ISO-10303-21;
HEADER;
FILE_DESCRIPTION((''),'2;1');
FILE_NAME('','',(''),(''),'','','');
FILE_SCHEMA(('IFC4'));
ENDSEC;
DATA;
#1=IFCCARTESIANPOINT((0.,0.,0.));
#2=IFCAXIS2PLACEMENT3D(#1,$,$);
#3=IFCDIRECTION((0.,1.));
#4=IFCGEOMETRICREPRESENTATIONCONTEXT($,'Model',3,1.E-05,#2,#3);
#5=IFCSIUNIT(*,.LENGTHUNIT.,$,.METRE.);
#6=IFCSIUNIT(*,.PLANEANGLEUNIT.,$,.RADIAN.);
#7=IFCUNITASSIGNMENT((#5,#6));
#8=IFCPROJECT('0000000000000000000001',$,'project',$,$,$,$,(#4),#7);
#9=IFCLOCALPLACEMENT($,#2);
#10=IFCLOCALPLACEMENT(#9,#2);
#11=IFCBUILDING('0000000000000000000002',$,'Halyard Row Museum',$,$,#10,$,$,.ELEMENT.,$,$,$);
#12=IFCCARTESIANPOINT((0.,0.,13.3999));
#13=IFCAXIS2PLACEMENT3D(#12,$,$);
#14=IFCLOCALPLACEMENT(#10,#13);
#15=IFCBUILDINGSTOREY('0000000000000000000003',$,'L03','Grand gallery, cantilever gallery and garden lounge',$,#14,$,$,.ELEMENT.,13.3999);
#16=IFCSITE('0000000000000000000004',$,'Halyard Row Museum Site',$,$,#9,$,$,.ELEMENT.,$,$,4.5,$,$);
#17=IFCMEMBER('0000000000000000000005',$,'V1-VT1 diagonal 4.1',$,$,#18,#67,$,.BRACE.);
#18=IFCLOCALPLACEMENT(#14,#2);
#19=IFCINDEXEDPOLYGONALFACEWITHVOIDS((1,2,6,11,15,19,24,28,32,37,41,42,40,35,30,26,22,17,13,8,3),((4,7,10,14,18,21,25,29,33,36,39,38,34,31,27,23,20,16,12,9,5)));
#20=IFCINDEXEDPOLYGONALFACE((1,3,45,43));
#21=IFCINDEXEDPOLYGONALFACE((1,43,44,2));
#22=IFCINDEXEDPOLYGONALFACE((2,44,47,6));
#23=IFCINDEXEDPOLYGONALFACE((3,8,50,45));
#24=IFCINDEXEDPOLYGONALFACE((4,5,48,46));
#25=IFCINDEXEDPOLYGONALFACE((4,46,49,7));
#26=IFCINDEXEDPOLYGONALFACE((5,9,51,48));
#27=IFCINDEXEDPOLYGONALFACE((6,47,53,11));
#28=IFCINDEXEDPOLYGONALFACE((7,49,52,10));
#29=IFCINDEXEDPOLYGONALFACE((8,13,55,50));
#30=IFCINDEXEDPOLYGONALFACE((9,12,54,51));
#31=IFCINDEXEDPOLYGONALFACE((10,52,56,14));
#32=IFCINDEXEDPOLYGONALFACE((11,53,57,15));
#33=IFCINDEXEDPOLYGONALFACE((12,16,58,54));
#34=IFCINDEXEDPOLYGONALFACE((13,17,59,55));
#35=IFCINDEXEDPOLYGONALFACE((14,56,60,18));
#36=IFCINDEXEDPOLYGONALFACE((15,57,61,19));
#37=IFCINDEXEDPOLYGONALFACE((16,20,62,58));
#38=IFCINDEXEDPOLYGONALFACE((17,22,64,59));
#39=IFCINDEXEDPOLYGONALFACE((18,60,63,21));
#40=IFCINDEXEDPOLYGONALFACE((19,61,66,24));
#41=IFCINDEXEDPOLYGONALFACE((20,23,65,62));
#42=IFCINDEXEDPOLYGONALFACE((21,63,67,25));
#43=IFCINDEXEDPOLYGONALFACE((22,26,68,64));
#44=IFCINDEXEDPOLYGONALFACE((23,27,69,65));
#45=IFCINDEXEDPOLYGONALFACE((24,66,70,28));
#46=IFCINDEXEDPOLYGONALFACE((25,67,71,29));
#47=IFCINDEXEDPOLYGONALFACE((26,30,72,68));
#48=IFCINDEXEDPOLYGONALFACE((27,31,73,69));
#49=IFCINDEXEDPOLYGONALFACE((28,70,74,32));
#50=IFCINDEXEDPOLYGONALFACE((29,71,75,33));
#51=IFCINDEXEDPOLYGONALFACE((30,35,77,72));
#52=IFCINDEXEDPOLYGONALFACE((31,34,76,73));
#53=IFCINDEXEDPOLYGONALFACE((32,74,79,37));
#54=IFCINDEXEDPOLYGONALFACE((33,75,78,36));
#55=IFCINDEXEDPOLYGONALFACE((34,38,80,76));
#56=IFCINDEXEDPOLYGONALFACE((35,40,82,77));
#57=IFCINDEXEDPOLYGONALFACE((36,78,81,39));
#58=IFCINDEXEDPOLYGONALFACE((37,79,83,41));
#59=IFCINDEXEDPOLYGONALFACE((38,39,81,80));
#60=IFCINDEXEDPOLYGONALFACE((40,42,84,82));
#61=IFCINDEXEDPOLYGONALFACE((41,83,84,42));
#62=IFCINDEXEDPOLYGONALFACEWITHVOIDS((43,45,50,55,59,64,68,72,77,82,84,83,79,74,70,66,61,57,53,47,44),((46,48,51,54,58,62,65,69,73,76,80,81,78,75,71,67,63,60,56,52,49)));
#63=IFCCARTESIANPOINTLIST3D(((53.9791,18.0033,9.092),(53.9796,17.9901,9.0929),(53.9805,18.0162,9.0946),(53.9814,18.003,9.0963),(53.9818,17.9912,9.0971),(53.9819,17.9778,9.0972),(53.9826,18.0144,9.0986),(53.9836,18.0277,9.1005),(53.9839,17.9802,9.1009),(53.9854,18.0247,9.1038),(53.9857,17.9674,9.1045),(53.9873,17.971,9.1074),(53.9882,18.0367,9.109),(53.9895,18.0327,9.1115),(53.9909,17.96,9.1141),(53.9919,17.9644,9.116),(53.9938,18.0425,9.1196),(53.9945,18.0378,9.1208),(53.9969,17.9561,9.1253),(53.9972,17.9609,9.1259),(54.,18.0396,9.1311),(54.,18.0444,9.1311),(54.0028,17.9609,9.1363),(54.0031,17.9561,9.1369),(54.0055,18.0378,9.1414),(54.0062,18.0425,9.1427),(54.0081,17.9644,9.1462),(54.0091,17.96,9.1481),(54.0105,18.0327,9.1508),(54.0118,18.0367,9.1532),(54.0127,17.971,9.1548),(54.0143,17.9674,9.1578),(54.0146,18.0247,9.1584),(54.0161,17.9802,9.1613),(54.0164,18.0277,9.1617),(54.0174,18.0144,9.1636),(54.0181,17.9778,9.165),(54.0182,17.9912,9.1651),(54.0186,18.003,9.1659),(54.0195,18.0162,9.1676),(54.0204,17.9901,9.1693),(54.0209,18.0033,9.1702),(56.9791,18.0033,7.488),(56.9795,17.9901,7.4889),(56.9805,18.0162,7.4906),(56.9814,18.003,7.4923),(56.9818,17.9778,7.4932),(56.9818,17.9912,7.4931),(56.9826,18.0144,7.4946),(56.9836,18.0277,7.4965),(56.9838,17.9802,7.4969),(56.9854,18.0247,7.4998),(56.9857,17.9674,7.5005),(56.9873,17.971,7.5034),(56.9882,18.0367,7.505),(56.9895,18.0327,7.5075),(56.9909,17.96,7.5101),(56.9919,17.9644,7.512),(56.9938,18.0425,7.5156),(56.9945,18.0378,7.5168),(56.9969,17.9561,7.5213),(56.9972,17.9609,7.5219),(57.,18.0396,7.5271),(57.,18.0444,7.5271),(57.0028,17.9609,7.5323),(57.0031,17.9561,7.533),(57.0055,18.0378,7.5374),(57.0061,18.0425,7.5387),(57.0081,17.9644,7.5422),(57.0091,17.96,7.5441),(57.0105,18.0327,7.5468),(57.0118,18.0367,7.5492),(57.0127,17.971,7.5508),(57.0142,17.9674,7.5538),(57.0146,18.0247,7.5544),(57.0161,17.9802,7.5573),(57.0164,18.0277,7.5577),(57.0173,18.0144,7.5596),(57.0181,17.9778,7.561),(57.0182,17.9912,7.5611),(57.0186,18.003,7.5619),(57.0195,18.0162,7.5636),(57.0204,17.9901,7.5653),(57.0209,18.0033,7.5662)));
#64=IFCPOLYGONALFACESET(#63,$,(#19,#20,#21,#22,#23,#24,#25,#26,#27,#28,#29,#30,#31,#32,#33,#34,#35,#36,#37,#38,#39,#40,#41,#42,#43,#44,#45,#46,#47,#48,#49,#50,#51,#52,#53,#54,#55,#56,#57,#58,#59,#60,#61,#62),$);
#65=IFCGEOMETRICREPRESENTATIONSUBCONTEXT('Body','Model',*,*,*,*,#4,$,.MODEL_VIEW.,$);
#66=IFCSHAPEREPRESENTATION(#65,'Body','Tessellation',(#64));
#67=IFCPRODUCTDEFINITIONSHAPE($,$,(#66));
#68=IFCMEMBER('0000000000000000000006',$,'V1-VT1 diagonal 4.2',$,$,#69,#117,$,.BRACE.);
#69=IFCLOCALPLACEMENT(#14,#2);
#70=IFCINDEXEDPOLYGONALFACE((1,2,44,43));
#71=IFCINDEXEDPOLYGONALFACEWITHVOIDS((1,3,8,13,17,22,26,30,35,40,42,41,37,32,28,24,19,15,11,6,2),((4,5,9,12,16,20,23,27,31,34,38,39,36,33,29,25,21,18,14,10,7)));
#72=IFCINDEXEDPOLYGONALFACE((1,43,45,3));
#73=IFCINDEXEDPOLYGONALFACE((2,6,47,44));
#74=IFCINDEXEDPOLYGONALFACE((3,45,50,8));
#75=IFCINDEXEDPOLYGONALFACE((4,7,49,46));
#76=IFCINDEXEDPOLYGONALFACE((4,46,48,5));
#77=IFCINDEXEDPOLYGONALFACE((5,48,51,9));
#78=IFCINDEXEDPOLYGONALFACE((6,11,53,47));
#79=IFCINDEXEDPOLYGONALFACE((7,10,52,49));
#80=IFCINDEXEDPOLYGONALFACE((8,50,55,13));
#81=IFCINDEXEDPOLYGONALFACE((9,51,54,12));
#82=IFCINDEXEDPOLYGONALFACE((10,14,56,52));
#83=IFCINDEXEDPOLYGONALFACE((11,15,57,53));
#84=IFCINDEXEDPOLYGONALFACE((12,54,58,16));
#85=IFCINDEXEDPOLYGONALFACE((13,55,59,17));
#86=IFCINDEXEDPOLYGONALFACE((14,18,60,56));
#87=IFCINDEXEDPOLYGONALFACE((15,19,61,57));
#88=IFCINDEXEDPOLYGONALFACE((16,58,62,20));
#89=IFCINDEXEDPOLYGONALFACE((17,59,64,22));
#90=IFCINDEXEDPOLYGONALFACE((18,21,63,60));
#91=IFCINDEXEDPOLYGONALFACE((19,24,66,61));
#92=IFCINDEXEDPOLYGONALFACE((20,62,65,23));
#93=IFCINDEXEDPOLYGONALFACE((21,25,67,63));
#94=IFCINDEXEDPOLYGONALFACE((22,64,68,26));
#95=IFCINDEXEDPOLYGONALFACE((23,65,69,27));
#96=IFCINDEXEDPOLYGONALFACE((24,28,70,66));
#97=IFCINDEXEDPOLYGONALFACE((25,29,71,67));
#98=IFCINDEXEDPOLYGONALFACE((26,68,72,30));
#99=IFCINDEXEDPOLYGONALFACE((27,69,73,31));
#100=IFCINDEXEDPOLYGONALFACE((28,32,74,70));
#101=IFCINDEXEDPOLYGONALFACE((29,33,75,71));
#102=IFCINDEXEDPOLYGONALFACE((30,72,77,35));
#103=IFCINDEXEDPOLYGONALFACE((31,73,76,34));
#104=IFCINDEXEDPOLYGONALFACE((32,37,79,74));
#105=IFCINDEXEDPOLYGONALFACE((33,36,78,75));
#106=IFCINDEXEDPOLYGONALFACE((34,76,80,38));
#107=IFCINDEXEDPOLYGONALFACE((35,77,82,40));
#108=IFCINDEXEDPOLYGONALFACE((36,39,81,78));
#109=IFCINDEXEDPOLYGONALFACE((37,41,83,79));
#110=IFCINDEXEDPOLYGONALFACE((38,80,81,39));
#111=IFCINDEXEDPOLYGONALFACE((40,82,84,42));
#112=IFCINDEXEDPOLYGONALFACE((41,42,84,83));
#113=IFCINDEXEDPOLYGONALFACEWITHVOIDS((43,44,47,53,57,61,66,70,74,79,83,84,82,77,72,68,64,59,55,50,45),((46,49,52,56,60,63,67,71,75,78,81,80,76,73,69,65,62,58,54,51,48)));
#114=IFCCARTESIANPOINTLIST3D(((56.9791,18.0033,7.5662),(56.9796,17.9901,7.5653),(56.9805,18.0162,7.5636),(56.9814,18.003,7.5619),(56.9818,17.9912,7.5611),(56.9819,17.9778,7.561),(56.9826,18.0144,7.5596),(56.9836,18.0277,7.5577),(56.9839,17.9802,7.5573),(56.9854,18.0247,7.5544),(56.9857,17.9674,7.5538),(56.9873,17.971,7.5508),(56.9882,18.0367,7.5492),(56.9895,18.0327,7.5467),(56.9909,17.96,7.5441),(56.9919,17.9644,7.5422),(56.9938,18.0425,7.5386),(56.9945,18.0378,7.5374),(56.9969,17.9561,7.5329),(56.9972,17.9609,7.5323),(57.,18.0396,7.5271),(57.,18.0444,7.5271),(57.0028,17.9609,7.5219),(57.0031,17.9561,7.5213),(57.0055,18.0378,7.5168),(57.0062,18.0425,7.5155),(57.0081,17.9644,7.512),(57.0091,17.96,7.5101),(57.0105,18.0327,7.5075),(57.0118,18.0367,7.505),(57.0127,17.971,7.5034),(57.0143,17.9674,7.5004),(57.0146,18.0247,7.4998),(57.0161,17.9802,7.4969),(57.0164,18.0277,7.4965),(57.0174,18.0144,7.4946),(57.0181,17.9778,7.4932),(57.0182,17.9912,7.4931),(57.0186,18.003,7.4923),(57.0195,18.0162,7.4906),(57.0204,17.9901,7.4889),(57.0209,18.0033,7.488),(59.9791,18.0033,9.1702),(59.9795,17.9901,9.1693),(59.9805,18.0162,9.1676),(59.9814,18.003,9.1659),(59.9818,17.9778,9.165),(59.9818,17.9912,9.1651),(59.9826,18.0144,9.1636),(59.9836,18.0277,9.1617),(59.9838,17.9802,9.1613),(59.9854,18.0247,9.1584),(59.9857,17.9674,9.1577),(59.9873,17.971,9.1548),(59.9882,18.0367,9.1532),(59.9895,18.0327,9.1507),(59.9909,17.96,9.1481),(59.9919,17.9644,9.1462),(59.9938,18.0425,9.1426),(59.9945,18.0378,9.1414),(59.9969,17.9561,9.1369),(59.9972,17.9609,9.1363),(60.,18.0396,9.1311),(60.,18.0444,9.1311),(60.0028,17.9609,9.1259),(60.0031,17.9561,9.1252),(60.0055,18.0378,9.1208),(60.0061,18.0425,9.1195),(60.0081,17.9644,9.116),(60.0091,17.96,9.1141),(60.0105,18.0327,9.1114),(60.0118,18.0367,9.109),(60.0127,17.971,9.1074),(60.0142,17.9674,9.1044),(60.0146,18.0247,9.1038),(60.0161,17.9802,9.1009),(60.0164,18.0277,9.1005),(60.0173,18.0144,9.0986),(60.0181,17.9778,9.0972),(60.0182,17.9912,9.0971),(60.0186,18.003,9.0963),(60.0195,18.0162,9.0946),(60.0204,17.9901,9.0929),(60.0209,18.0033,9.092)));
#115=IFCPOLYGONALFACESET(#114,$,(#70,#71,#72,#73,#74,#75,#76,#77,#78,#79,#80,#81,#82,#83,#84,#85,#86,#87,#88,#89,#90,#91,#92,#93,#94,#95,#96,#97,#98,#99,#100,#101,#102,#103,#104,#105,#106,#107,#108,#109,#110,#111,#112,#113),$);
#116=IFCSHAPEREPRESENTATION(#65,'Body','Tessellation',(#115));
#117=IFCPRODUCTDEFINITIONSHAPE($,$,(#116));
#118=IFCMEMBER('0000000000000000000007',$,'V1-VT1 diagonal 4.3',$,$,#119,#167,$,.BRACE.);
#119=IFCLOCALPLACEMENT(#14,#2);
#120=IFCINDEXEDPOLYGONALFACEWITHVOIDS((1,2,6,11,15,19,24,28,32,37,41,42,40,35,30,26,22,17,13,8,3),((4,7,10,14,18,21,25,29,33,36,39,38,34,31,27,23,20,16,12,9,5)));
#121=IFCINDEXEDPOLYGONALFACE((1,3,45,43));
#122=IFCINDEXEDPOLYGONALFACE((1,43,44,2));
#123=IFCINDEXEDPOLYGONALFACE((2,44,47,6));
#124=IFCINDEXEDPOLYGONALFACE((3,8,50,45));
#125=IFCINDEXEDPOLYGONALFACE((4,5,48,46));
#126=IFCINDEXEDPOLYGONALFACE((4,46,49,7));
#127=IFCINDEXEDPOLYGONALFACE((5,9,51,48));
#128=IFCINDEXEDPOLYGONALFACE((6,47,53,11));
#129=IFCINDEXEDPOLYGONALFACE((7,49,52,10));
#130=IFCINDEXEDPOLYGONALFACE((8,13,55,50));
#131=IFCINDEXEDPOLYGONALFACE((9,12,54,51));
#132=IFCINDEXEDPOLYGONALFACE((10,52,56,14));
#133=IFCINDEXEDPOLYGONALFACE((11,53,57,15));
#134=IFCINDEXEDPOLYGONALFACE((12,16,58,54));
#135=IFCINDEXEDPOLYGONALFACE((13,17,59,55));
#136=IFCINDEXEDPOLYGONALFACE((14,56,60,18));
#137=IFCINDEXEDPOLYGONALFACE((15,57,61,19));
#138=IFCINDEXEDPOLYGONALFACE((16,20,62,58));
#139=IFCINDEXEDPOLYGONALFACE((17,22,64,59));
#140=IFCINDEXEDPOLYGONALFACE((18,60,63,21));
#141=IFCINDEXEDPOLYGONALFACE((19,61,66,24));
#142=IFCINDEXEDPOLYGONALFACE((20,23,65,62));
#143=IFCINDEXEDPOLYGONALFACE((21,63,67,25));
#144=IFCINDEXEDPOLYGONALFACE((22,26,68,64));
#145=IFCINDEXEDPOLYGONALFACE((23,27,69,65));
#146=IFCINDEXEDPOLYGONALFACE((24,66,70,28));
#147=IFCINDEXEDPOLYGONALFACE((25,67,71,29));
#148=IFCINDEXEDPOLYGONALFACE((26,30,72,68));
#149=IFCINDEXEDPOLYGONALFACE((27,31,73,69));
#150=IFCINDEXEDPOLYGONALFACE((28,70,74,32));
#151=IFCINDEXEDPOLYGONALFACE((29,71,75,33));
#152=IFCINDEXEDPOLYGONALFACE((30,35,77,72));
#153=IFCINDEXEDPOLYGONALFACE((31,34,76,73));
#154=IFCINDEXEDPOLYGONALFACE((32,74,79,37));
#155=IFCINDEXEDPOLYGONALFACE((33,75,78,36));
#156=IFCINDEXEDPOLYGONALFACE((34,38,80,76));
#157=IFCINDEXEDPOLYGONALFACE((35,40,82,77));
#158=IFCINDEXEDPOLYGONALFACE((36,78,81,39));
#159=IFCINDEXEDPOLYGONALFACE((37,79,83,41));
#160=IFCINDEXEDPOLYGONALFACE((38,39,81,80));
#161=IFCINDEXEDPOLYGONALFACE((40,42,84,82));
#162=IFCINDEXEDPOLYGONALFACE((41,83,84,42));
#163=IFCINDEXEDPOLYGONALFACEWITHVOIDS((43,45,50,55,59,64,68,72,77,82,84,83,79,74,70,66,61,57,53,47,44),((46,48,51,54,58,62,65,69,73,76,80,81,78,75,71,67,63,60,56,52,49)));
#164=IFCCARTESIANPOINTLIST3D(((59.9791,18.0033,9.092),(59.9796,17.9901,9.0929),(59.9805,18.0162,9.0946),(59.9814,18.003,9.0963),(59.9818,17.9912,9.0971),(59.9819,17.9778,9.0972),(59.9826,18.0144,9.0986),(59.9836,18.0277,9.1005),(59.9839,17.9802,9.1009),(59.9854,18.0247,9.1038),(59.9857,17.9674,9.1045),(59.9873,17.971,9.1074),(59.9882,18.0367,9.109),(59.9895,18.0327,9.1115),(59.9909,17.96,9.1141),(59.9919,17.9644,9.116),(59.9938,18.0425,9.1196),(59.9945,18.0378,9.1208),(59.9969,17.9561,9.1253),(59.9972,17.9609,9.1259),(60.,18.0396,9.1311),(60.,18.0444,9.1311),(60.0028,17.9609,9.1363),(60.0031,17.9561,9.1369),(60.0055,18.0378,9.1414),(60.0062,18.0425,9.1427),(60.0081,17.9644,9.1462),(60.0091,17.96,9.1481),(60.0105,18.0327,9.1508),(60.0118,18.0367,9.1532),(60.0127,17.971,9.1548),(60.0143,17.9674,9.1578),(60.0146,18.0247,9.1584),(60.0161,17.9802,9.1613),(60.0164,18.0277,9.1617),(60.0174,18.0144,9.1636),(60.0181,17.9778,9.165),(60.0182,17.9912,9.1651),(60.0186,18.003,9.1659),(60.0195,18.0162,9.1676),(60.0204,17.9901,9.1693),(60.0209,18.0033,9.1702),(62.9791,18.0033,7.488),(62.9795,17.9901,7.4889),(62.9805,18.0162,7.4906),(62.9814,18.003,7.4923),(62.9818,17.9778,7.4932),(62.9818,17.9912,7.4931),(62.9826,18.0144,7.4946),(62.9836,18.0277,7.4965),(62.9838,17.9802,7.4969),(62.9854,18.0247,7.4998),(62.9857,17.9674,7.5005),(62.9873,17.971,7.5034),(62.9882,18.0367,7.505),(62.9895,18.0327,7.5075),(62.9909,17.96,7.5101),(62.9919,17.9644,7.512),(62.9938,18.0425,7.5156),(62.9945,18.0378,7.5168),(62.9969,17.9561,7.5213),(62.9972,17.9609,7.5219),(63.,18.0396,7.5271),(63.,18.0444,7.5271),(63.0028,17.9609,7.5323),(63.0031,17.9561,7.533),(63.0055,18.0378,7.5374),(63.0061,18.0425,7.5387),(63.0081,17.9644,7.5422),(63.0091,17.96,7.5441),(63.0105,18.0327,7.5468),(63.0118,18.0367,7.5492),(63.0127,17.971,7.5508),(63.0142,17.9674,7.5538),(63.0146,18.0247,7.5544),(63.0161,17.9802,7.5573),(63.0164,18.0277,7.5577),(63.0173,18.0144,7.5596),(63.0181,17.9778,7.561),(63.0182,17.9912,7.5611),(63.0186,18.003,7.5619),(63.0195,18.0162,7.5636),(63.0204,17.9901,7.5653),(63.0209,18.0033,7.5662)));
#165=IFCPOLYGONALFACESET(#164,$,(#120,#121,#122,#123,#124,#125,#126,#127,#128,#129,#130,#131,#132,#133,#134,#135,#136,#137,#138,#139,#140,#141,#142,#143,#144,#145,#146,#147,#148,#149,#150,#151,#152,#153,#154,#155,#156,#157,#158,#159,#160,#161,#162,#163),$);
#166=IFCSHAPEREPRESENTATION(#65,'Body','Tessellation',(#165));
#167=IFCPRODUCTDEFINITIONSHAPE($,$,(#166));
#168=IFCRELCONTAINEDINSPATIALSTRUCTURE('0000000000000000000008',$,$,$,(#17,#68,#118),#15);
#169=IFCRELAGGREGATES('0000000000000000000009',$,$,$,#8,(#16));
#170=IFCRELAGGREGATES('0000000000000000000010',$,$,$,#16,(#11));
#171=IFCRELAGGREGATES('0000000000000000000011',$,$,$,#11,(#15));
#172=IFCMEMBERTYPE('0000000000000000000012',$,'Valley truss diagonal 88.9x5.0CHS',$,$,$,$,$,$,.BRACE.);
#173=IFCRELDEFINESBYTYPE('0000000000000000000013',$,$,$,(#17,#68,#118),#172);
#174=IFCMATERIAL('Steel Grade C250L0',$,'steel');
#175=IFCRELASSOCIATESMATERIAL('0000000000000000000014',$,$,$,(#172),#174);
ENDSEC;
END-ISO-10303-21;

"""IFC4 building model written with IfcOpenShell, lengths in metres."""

from ifc_helpers import new_model, si_unit, direction, frame, origin, origin_2d, place, context, subcontext, project, spatial, hollow_circle, extrude, material, material_profile, profile_set, type_object, element, save


model = new_model("IFC4")

# Units and contexts
model_context = context("Model", 3, precision=1e-05, world=origin(), true_north=direction((0.0, 1.0)))
body_context = subcontext(model_context, "Body", "Model", "MODEL_VIEW")
ifc_project = project(units=[si_unit("LENGTHUNIT", "METRE"), si_unit("PLANEANGLEUNIT", "RADIAN")], contexts=[model_context])

# Site, building, storey
site_placement = place(None, origin())
site = spatial("IfcSite", under=ifc_project, at=site_placement, Name="Halyard Row Museum Site", CompositionType="ELEMENT", RefElevation=4.5)
building_placement = place(site_placement, origin())
building = spatial("IfcBuilding", under=site, at=building_placement, Name="Halyard Row Museum", CompositionType="ELEMENT")
storey_placement = place(building_placement, frame((0.0, 0.0, 13.3999)))
storey = spatial("IfcBuildingStorey", under=building, at=storey_placement, Name="L03", Description="Grand gallery, cantilever gallery and garden lounge", CompositionType="ELEMENT", Elevation=13.3999)

# Members
ifc_material_1 = material(Name="Steel Grade C250L0", Category="steel")
ifc_material_profile_1 = material_profile(ifc_material_1, hollow_circle(Radius=0.0444, WallThickness=0.0049, at=origin_2d()), Name="88.9x5.0CHS")
ifc_profile_set_1 = profile_set([ifc_material_profile_1], Name="Steel Grade C250L0")
member_type_1 = type_object("IfcMemberType", Name="Valley truss diagonal 88.9x5.0CHS", PredefinedType="BRACE", material=ifc_profile_set_1)
for number, where, z_axis, x_axis, name in (
    (1, (54.0, 18.0, 9.1311), (0.881864, 0.0, -0.471504), (0.0, 1.0, 0.0), "V1-VT1 diagonal 4.1"),
    (2, (57.0, 18.0, 7.5271), (0.881864, 0.0, 0.471504), (0.0, 1.0, 0.0), "V1-VT1 diagonal 4.2"),
    (3, (60.0, 18.0, 9.1311), (0.881864, 0.0, -0.471504), (0.0, 1.0, 0.0), "V1-VT1 diagonal 4.3"),
):
    element("IfcMember", number, at=place(storey_placement, frame(where, z_axis=z_axis, x_axis=x_axis)), inside=storey, type_object=member_type_1, Name=name, PredefinedType="BRACE", context=body_context, shape_type="SweptSolid", body=[
        extrude(hollow_circle(Radius=0.0444, WallThickness=0.0049, at=origin_2d()), origin(), (0.0, 0.0, 1.0), 3.4019),
    ])

save(model, "model.ifc")
